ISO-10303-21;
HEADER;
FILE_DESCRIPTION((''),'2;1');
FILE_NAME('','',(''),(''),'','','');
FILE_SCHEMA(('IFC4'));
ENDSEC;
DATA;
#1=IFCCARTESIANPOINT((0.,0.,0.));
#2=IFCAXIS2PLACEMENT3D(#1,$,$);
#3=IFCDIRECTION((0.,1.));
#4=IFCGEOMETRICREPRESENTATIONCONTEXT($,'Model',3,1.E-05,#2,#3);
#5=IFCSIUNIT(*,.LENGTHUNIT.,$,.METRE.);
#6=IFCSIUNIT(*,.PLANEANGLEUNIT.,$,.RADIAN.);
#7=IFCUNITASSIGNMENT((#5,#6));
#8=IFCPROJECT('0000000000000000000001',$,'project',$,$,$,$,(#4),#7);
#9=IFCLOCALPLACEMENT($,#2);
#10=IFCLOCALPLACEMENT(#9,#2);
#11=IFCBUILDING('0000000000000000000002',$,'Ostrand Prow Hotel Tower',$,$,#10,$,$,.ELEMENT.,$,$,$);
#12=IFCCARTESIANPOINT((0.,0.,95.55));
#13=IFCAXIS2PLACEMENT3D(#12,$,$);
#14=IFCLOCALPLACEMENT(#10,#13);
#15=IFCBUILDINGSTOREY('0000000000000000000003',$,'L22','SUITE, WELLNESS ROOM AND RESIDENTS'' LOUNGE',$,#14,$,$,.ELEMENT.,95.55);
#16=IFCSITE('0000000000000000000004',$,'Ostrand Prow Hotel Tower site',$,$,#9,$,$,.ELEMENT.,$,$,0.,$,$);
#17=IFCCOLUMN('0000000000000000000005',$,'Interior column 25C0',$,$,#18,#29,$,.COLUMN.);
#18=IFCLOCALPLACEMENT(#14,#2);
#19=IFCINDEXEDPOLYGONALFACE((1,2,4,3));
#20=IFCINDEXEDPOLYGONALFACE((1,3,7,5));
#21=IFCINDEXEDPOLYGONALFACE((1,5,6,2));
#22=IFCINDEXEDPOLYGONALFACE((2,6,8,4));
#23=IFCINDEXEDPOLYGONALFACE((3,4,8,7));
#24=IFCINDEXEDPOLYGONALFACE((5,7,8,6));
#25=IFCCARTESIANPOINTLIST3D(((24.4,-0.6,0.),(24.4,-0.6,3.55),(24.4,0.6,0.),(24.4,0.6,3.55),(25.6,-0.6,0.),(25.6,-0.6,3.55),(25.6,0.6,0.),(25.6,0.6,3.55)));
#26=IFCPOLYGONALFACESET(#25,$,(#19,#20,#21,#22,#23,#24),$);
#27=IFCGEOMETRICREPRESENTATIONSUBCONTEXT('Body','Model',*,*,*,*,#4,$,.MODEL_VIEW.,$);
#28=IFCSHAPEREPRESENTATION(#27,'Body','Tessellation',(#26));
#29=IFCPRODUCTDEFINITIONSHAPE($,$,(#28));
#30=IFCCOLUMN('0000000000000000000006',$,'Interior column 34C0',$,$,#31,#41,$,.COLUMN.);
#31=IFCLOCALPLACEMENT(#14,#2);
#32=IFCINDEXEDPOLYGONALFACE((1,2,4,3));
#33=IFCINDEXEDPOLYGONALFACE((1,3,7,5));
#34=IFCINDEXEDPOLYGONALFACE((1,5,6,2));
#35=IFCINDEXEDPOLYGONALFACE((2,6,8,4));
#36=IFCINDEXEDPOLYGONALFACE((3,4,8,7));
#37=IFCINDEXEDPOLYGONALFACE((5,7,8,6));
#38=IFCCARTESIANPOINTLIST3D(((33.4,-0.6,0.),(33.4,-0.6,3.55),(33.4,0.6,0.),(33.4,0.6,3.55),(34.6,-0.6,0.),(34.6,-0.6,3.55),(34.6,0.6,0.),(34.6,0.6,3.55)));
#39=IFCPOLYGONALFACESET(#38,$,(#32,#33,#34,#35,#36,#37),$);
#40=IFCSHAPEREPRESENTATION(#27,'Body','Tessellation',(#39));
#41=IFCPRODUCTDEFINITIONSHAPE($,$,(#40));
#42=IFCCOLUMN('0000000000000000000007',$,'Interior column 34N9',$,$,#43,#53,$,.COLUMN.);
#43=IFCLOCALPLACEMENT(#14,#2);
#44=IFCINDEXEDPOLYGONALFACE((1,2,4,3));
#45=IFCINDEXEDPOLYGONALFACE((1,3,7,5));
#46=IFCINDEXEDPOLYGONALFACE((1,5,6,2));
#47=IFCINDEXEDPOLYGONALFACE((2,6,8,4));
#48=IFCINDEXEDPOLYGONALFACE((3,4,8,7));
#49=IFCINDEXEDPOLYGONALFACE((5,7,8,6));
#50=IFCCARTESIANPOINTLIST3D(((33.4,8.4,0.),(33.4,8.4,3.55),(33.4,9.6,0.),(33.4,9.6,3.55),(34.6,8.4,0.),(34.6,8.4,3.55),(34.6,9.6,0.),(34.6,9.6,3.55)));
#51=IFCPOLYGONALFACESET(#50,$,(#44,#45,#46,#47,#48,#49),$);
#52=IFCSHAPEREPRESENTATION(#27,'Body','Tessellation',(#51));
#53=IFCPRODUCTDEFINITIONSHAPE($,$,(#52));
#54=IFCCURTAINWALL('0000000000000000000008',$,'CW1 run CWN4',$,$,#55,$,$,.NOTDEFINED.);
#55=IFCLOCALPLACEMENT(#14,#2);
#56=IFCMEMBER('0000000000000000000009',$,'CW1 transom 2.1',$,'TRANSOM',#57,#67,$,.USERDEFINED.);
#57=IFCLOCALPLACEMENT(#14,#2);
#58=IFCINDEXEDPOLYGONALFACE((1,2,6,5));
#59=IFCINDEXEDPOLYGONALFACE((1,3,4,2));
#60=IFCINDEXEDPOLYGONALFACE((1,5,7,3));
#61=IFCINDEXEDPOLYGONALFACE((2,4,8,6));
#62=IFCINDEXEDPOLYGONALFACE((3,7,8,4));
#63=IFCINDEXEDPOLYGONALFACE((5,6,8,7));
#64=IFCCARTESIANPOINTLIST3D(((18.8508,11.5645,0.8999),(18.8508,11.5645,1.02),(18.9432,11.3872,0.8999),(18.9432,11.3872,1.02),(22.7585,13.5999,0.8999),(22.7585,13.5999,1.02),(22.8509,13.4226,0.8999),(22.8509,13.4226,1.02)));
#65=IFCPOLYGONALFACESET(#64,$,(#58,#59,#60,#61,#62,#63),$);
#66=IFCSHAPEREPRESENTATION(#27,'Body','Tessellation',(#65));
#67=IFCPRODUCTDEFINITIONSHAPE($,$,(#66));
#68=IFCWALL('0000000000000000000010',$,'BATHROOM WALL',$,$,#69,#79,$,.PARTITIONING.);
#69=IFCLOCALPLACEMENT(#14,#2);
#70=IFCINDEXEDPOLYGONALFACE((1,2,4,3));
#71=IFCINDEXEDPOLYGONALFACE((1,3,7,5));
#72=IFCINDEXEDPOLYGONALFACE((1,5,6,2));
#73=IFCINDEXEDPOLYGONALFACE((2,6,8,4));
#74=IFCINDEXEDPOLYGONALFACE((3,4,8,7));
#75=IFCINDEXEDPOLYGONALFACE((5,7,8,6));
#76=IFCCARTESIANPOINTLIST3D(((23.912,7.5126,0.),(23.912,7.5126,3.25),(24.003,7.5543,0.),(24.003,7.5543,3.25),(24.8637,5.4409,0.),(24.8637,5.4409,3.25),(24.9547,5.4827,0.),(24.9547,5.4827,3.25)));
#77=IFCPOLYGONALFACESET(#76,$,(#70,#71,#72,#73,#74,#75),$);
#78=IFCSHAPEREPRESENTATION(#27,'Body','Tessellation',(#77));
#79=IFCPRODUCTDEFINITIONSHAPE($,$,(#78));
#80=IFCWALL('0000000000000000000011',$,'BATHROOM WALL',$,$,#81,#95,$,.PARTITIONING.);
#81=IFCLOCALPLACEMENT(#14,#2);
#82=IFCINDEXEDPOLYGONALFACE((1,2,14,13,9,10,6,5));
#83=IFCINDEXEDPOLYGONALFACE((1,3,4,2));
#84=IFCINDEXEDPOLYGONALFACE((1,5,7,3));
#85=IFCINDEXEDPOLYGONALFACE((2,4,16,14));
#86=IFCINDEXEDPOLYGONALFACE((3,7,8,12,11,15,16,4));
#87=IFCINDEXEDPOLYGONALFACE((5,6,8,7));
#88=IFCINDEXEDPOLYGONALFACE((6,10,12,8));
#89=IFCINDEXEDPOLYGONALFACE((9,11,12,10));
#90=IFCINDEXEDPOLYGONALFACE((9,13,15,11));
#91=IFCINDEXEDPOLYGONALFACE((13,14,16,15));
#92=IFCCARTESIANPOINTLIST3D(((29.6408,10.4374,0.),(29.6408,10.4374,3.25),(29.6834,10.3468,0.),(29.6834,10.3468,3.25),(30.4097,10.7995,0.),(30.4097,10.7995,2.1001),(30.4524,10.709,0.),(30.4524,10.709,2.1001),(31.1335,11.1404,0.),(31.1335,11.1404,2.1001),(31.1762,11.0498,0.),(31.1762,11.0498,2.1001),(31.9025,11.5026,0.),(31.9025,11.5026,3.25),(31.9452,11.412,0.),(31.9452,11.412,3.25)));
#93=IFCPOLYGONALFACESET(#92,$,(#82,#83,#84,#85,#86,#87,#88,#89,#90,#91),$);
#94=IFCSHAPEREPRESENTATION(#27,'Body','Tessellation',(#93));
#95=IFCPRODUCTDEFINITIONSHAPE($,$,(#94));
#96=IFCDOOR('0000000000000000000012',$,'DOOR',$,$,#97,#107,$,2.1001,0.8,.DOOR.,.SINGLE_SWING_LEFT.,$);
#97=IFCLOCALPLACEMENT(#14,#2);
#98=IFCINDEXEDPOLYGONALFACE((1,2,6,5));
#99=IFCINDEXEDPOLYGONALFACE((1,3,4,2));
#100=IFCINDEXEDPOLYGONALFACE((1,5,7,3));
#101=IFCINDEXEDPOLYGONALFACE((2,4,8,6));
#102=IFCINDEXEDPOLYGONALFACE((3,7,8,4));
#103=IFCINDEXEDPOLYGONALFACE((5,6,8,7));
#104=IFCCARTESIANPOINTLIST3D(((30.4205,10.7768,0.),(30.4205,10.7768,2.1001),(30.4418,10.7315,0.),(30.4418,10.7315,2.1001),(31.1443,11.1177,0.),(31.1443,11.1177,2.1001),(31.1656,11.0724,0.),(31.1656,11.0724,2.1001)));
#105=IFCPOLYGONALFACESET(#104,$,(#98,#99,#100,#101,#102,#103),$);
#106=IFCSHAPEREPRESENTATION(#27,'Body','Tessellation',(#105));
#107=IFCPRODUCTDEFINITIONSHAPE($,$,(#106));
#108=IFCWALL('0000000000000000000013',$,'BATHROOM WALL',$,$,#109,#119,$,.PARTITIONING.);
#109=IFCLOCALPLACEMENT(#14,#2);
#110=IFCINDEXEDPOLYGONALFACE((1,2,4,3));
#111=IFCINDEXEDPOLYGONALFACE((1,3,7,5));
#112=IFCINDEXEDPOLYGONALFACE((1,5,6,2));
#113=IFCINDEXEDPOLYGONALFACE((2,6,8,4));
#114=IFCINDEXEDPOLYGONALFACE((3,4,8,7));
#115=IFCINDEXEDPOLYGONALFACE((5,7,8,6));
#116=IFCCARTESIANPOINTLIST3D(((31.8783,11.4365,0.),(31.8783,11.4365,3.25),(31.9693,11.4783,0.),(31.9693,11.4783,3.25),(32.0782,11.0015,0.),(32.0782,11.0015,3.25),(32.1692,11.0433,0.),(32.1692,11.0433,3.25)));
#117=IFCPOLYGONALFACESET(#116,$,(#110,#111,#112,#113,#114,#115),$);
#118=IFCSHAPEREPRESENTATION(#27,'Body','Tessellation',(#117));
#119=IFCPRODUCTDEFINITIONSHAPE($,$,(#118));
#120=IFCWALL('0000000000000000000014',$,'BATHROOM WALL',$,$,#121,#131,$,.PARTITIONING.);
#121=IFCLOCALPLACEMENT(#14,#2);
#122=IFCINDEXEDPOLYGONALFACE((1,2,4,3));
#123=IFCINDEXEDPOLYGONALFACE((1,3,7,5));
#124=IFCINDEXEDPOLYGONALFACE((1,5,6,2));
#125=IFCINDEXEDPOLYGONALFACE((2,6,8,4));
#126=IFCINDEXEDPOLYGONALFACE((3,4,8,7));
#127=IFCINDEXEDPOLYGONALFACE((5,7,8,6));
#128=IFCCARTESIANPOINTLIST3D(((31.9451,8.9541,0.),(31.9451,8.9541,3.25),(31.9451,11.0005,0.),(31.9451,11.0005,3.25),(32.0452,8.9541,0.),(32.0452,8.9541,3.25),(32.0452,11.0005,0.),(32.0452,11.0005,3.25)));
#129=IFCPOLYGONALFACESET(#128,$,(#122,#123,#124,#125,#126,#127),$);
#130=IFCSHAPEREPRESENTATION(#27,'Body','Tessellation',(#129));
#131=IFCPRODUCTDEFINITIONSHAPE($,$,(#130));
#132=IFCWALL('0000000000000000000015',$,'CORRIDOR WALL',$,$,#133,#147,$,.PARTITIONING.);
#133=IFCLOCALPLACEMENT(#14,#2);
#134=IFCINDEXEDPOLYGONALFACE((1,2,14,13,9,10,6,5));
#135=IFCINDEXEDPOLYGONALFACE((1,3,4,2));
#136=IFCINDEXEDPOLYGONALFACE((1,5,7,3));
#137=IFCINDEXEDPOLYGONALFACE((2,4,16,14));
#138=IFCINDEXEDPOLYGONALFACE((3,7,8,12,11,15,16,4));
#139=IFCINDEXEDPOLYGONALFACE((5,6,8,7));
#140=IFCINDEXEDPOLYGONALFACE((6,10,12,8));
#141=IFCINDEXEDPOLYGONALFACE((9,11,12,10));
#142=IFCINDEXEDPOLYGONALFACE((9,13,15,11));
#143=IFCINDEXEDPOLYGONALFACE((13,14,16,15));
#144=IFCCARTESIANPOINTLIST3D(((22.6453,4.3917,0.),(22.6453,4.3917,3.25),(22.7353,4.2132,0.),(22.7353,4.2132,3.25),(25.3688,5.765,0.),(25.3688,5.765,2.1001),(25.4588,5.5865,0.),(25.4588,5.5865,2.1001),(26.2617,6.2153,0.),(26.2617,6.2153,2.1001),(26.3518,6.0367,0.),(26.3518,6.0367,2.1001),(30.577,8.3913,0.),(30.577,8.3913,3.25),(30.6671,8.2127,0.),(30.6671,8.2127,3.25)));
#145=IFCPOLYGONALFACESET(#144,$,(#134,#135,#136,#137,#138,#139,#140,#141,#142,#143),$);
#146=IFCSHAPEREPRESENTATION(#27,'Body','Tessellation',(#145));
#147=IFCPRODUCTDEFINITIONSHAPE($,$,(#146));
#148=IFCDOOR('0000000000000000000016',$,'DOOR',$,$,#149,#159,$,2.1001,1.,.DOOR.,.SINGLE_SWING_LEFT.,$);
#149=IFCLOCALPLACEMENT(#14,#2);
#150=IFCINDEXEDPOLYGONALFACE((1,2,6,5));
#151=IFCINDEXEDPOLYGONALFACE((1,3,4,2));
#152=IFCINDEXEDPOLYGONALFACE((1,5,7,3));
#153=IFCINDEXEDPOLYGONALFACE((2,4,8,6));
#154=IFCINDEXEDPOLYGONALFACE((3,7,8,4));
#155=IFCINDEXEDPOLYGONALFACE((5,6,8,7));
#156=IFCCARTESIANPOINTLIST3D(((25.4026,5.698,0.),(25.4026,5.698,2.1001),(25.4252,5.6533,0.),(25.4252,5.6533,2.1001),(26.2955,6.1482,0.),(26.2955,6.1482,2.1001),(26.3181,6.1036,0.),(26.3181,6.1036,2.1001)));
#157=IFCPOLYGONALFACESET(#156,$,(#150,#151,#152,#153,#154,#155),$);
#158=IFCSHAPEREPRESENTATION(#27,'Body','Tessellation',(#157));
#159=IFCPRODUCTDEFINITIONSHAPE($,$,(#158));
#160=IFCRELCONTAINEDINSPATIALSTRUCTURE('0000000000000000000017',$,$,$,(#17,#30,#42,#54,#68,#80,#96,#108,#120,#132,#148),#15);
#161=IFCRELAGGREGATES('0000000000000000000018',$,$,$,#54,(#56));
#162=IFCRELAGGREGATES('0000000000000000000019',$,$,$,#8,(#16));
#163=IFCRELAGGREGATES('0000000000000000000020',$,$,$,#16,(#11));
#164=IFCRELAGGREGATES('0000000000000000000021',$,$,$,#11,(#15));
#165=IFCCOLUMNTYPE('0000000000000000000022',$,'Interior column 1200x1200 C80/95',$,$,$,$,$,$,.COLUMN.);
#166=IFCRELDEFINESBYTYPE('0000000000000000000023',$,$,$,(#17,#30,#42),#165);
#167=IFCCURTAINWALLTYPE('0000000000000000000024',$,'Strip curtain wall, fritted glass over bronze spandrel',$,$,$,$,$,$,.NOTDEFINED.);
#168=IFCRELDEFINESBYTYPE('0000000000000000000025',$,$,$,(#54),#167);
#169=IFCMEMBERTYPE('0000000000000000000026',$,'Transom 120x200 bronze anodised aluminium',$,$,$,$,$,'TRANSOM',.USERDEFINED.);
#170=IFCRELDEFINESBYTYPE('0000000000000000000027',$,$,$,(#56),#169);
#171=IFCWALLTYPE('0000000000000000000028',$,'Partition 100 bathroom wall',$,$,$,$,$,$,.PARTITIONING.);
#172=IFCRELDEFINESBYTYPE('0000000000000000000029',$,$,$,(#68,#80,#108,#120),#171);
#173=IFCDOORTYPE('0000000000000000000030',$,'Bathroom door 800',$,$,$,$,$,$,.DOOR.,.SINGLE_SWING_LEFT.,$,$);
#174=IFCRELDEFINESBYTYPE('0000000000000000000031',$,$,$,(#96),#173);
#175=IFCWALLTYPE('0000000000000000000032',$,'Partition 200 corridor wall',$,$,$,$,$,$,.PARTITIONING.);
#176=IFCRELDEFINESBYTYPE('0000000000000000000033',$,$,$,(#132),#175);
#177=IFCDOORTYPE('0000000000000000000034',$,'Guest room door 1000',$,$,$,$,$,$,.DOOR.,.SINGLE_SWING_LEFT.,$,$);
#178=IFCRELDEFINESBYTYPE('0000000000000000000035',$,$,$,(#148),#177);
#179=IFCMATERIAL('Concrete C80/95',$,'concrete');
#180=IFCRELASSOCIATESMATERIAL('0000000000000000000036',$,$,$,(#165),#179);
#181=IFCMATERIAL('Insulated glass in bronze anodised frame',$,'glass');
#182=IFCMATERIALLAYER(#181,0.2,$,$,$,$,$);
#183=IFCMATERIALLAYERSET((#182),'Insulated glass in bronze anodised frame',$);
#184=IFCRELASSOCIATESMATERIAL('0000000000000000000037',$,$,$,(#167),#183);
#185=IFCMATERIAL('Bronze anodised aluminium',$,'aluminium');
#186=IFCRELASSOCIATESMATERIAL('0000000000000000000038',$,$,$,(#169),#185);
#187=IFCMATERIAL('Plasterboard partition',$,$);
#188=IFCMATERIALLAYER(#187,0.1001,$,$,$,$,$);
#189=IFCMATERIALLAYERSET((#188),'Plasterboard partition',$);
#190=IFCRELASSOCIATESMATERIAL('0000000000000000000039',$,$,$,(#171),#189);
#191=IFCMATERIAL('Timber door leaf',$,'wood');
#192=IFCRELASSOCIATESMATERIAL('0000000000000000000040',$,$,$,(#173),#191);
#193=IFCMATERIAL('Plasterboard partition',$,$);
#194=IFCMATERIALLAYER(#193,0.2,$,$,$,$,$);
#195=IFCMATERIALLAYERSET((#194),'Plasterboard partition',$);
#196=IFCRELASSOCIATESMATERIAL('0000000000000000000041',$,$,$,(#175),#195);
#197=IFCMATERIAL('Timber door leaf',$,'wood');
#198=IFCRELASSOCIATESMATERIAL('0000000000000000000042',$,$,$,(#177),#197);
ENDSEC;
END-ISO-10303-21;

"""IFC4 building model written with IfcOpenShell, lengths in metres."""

from ifc_helpers import new_model, si_unit, direction, frame, frame_2d, origin, origin_2d, place, context, subcontext, project, spatial, rectangle, extrude, material, layer, layer_set, material_profile, profile_set, type_object, element, fill, aggregate, save


model = new_model("IFC4")

# Units and contexts
model_context = context("Model", 3, precision=1e-05, world=origin(), true_north=direction((0.0, 1.0)))
body_context = subcontext(model_context, "Body", "Model", "MODEL_VIEW")
ifc_project = project(units=[si_unit("LENGTHUNIT", "METRE"), si_unit("PLANEANGLEUNIT", "RADIAN")], contexts=[model_context])

# Site, building, storey
site_placement = place(None, origin())
site = spatial("IfcSite", under=ifc_project, at=site_placement, Name="Ostrand Prow Hotel Tower site", CompositionType="ELEMENT", RefElevation=0.0)
building_placement = place(site_placement, origin())
building = spatial("IfcBuilding", under=site, at=building_placement, Name="Ostrand Prow Hotel Tower", CompositionType="ELEMENT")
storey_placement = place(building_placement, frame((0.0, 0.0, 95.55)))
storey = spatial("IfcBuildingStorey", under=building, at=storey_placement, Name="L22", Description="SUITE, WELLNESS ROOM AND RESIDENTS' LOUNGE", CompositionType="ELEMENT", Elevation=95.55)

# Columns
ifc_material_1 = material(Name="Concrete C80/95", Category="concrete")
ifc_material_profile_1 = material_profile(ifc_material_1, rectangle(XDim=1.2, YDim=1.2, at=origin_2d()), Name="RC 1200x1200")
ifc_profile_set_1 = profile_set([ifc_material_profile_1], Name="Concrete C80/95")
column_type = type_object("IfcColumnType", Name="Interior column 1200x1200 C80/95", PredefinedType="COLUMN", material=ifc_profile_set_1)
for number, where, z_axis, x_axis, name in (
    (1, (25.0, 0.0, 0.0), (0.0, 0.0, 1.0), (1.0, 0.0, 0.0), "Interior column 25C0"),
    (2, (34.0, 0.0, 0.0), (0.0, 0.0, 1.0), (1.0, 0.0, 0.0), "Interior column 34C0"),
    (3, (34.0, 9.0, 0.0), (0.0, 0.0, 1.0), (1.0, 0.0, 0.0), "Interior column 34N9"),
):
    element("IfcColumn", number, at=place(storey_placement, frame(where, z_axis=z_axis, x_axis=x_axis)), inside=storey, type_object=column_type, Name=name, PredefinedType="COLUMN", context=body_context, shape_type="SweptSolid", body=[
        extrude(rectangle(XDim=1.2, YDim=1.2, at=origin_2d()), origin(), (0.0, 0.0, 1.0), 3.55),
    ])

# Curtain wall, member
ifc_material_2 = material(Name="Insulated glass in bronze anodised frame", Category="glass")
ifc_layer_1 = layer(ifc_material_2, 0.2)
ifc_layer_set_1 = layer_set([ifc_layer_1], Name="Insulated glass in bronze anodised frame")
curtain_wall_type = type_object("IfcCurtainWallType", Name="Strip curtain wall, fritted glass over bronze spandrel", PredefinedType="NOTDEFINED", material=ifc_layer_set_1)
curtain_wall_placement = place(storey_placement, origin())
curtain_wall = element("IfcCurtainWall", 4, at=curtain_wall_placement, inside=storey, type_object=curtain_wall_type, Name="CW1 run CWN4", PredefinedType="NOTDEFINED")
ifc_material_3 = material(Name="Bronze anodised aluminium", Category="aluminium")
ifc_material_profile_2 = material_profile(ifc_material_3, rectangle(XDim=0.2, YDim=0.1201, at=origin_2d()), Name="Transom 120x200 bronze anodised aluminium")
ifc_profile_set_2 = profile_set([ifc_material_profile_2], Name="Bronze anodised aluminium")
member_type = type_object("IfcMemberType", Name="Transom 120x200 bronze anodised aluminium", ElementType="TRANSOM", PredefinedType="USERDEFINED", material=ifc_profile_set_2)
member_placement = place(storey_placement, frame((22.8047, 13.5112, 0.96), z_axis=(-0.886902, -0.461958, 0.0), x_axis=(0.461958, -0.886902, 0.0)))
member = element("IfcMember", 5, at=member_placement, type_object=member_type, Name="CW1 transom 2.1", ObjectType="TRANSOM", PredefinedType="USERDEFINED", context=body_context, shape_type="SweptSolid", body=[
    extrude(rectangle(XDim=0.2, YDim=0.1201, at=origin_2d()), origin(), (0.0, 0.0, 1.0), 4.406),
])
aggregate(curtain_wall, [member])

# Wall
ifc_material_4 = material(Name="Plasterboard partition")
ifc_layer_2 = layer(ifc_material_4, 0.1001)
ifc_layer_set_2 = layer_set([ifc_layer_2], Name="Plasterboard partition")
wall_type_1 = type_object("IfcWallType", Name="Partition 100 bathroom wall", PredefinedType="PARTITIONING", material=ifc_layer_set_2)
wall_1_placement = place(storey_placement, frame((23.9575, 7.5334, 0.0), z_axis=(0.0, 0.0, 1.0), x_axis=(0.417455, -0.908698, 0.0)))
element("IfcWall", 6, at=wall_1_placement, inside=storey, type_object=wall_type_1, Name="BATHROOM WALL", PredefinedType="PARTITIONING", context=body_context, shape_type="SweptSolid", body=[
    extrude(rectangle(XDim=2.2798, YDim=0.1001, at=frame_2d((1.1399, 0.0))), origin(), (0.0, 0.0, 1.0), 3.25),
])

# Wall, opening, door
wall_2_placement = place(storey_placement, frame((29.6621, 10.3921, 0.0), z_axis=(0.0, 0.0, 1.0), x_axis=(0.904688, 0.426074, 0.0)))
wall_2 = element("IfcWall", 7, at=wall_2_placement, inside=storey, type_object=wall_type_1, Name="BATHROOM WALL", PredefinedType="PARTITIONING", context=body_context, shape_type="SweptSolid", body=[
    extrude(rectangle(XDim=2.5, YDim=0.1001, at=frame_2d((1.25, 0.0))), origin(), (0.0, 0.0, 1.0), 3.25),
])
opening_1_placement = place(wall_2_placement, frame((0.8501, 0.0, 0.0)))
opening_1 = element("IfcOpeningElement", 8, at=opening_1_placement, cuts=wall_2, PredefinedType="OPENING", context=body_context, shape_type="SweptSolid", body=[
    extrude(rectangle(XDim=0.8, YDim=2.1001, at=frame_2d((0.3999, 1.05))), frame((0.0, 0.0601, 0.0), z_axis=(0.0, -1.0, 0.0), x_axis=(1.0, 0.0, 0.0)), (0.0, 0.0, 1.0), 0.1201),
])
ifc_material_5 = material(Name="Timber door leaf", Category="wood")
door_type_1 = type_object("IfcDoorType", Name="Bathroom door 800", OperationType="SINGLE_SWING_LEFT", PredefinedType="DOOR", material=ifc_material_5)
door_1_placement = place(opening_1_placement, origin())
door_1 = element("IfcDoor", 9, at=door_1_placement, inside=storey, type_object=door_type_1, Name="DOOR", OperationType="SINGLE_SWING_LEFT", OverallHeight=2.1001, OverallWidth=0.8, PredefinedType="DOOR", context=body_context, shape_type="SweptSolid", body=[
    extrude(rectangle(XDim=0.8, YDim=2.1001, at=frame_2d((0.3999, 1.05))), frame((0.0, 0.0249, 0.0), z_axis=(0.0, -1.0, 0.0), x_axis=(1.0, 0.0, 0.0)), (0.0, 0.0, 1.0), 0.05),
])
fill(opening_1, door_1)

# Walls
wall_3_placement = place(storey_placement, frame((31.9238, 11.4573, 0.0), z_axis=(0.0, 0.0, 1.0), x_axis=(0.417603, -0.90863, 0.0)))
element("IfcWall", 10, at=wall_3_placement, inside=storey, type_object=wall_type_1, Name="BATHROOM WALL", PredefinedType="PARTITIONING", context=body_context, shape_type="SweptSolid", body=[
    extrude(rectangle(XDim=0.4788, YDim=0.1001, at=frame_2d((0.2393, 0.0))), origin(), (0.0, 0.0, 1.0), 3.25),
])
wall_4_placement = place(storey_placement, frame((31.9951, 11.0005, 0.0), z_axis=(0.0, 0.0, 1.0), x_axis=(0.0, -1.0, 0.0)))
element("IfcWall", 11, at=wall_4_placement, inside=storey, type_object=wall_type_1, Name="BATHROOM WALL", PredefinedType="PARTITIONING", context=body_context, shape_type="SweptSolid", body=[
    extrude(rectangle(XDim=2.0464, YDim=0.1001, at=frame_2d((1.0232, 0.0))), origin(), (0.0, 0.0, 1.0), 3.25),
])

# Wall, opening, door
ifc_material_6 = material(Name="Plasterboard partition")
ifc_layer_3 = layer(ifc_material_6, 0.2)
ifc_layer_set_3 = layer_set([ifc_layer_3], Name="Plasterboard partition")
wall_type_2 = type_object("IfcWallType", Name="Partition 200 corridor wall", PredefinedType="PARTITIONING", material=ifc_layer_set_3)
wall_5_placement = place(storey_placement, frame((22.6904, 4.3025, 0.0), z_axis=(0.0, 0.0, 1.0), x_axis=(0.892905, 0.450245, 0.0)))
wall_5 = element("IfcWall", 12, at=wall_5_placement, inside=storey, type_object=wall_type_2, Name="CORRIDOR WALL", PredefinedType="PARTITIONING", context=body_context, shape_type="SweptSolid", body=[
    extrude(rectangle(XDim=8.8831, YDim=0.2, at=frame_2d((4.4414, 0.0))), origin(), (0.0, 0.0, 1.0), 3.25),
])
opening_2_placement = place(wall_5_placement, frame((3.05, 0.0, 0.0)))
opening_2 = element("IfcOpeningElement", 13, at=opening_2_placement, cuts=wall_5, PredefinedType="OPENING", context=body_context, shape_type="SweptSolid", body=[
    extrude(rectangle(XDim=1.0, YDim=2.1001, at=frame_2d((0.5, 1.05))), frame((0.0, 0.1099, 0.0), z_axis=(0.0, -1.0, 0.0), x_axis=(1.0, 0.0, 0.0)), (0.0, 0.0, 1.0), 0.22),
])
ifc_material_7 = material(Name="Timber door leaf", Category="wood")
door_type_2 = type_object("IfcDoorType", Name="Guest room door 1000", OperationType="SINGLE_SWING_LEFT", PredefinedType="DOOR", material=ifc_material_7)
door_2_placement = place(opening_2_placement, origin())
door_2 = element("IfcDoor", 14, at=door_2_placement, inside=storey, type_object=door_type_2, Name="DOOR", OperationType="SINGLE_SWING_LEFT", OverallHeight=2.1001, OverallWidth=1.0, PredefinedType="DOOR", context=body_context, shape_type="SweptSolid", body=[
    extrude(rectangle(XDim=1.0, YDim=2.1001, at=frame_2d((0.5, 1.05))), frame((0.0, 0.0249, 0.0), z_axis=(0.0, -1.0, 0.0), x_axis=(1.0, 0.0, 0.0)), (0.0, 0.0, 1.0), 0.05),
])
fill(opening_2, door_2)

save(model, "model.ifc")
